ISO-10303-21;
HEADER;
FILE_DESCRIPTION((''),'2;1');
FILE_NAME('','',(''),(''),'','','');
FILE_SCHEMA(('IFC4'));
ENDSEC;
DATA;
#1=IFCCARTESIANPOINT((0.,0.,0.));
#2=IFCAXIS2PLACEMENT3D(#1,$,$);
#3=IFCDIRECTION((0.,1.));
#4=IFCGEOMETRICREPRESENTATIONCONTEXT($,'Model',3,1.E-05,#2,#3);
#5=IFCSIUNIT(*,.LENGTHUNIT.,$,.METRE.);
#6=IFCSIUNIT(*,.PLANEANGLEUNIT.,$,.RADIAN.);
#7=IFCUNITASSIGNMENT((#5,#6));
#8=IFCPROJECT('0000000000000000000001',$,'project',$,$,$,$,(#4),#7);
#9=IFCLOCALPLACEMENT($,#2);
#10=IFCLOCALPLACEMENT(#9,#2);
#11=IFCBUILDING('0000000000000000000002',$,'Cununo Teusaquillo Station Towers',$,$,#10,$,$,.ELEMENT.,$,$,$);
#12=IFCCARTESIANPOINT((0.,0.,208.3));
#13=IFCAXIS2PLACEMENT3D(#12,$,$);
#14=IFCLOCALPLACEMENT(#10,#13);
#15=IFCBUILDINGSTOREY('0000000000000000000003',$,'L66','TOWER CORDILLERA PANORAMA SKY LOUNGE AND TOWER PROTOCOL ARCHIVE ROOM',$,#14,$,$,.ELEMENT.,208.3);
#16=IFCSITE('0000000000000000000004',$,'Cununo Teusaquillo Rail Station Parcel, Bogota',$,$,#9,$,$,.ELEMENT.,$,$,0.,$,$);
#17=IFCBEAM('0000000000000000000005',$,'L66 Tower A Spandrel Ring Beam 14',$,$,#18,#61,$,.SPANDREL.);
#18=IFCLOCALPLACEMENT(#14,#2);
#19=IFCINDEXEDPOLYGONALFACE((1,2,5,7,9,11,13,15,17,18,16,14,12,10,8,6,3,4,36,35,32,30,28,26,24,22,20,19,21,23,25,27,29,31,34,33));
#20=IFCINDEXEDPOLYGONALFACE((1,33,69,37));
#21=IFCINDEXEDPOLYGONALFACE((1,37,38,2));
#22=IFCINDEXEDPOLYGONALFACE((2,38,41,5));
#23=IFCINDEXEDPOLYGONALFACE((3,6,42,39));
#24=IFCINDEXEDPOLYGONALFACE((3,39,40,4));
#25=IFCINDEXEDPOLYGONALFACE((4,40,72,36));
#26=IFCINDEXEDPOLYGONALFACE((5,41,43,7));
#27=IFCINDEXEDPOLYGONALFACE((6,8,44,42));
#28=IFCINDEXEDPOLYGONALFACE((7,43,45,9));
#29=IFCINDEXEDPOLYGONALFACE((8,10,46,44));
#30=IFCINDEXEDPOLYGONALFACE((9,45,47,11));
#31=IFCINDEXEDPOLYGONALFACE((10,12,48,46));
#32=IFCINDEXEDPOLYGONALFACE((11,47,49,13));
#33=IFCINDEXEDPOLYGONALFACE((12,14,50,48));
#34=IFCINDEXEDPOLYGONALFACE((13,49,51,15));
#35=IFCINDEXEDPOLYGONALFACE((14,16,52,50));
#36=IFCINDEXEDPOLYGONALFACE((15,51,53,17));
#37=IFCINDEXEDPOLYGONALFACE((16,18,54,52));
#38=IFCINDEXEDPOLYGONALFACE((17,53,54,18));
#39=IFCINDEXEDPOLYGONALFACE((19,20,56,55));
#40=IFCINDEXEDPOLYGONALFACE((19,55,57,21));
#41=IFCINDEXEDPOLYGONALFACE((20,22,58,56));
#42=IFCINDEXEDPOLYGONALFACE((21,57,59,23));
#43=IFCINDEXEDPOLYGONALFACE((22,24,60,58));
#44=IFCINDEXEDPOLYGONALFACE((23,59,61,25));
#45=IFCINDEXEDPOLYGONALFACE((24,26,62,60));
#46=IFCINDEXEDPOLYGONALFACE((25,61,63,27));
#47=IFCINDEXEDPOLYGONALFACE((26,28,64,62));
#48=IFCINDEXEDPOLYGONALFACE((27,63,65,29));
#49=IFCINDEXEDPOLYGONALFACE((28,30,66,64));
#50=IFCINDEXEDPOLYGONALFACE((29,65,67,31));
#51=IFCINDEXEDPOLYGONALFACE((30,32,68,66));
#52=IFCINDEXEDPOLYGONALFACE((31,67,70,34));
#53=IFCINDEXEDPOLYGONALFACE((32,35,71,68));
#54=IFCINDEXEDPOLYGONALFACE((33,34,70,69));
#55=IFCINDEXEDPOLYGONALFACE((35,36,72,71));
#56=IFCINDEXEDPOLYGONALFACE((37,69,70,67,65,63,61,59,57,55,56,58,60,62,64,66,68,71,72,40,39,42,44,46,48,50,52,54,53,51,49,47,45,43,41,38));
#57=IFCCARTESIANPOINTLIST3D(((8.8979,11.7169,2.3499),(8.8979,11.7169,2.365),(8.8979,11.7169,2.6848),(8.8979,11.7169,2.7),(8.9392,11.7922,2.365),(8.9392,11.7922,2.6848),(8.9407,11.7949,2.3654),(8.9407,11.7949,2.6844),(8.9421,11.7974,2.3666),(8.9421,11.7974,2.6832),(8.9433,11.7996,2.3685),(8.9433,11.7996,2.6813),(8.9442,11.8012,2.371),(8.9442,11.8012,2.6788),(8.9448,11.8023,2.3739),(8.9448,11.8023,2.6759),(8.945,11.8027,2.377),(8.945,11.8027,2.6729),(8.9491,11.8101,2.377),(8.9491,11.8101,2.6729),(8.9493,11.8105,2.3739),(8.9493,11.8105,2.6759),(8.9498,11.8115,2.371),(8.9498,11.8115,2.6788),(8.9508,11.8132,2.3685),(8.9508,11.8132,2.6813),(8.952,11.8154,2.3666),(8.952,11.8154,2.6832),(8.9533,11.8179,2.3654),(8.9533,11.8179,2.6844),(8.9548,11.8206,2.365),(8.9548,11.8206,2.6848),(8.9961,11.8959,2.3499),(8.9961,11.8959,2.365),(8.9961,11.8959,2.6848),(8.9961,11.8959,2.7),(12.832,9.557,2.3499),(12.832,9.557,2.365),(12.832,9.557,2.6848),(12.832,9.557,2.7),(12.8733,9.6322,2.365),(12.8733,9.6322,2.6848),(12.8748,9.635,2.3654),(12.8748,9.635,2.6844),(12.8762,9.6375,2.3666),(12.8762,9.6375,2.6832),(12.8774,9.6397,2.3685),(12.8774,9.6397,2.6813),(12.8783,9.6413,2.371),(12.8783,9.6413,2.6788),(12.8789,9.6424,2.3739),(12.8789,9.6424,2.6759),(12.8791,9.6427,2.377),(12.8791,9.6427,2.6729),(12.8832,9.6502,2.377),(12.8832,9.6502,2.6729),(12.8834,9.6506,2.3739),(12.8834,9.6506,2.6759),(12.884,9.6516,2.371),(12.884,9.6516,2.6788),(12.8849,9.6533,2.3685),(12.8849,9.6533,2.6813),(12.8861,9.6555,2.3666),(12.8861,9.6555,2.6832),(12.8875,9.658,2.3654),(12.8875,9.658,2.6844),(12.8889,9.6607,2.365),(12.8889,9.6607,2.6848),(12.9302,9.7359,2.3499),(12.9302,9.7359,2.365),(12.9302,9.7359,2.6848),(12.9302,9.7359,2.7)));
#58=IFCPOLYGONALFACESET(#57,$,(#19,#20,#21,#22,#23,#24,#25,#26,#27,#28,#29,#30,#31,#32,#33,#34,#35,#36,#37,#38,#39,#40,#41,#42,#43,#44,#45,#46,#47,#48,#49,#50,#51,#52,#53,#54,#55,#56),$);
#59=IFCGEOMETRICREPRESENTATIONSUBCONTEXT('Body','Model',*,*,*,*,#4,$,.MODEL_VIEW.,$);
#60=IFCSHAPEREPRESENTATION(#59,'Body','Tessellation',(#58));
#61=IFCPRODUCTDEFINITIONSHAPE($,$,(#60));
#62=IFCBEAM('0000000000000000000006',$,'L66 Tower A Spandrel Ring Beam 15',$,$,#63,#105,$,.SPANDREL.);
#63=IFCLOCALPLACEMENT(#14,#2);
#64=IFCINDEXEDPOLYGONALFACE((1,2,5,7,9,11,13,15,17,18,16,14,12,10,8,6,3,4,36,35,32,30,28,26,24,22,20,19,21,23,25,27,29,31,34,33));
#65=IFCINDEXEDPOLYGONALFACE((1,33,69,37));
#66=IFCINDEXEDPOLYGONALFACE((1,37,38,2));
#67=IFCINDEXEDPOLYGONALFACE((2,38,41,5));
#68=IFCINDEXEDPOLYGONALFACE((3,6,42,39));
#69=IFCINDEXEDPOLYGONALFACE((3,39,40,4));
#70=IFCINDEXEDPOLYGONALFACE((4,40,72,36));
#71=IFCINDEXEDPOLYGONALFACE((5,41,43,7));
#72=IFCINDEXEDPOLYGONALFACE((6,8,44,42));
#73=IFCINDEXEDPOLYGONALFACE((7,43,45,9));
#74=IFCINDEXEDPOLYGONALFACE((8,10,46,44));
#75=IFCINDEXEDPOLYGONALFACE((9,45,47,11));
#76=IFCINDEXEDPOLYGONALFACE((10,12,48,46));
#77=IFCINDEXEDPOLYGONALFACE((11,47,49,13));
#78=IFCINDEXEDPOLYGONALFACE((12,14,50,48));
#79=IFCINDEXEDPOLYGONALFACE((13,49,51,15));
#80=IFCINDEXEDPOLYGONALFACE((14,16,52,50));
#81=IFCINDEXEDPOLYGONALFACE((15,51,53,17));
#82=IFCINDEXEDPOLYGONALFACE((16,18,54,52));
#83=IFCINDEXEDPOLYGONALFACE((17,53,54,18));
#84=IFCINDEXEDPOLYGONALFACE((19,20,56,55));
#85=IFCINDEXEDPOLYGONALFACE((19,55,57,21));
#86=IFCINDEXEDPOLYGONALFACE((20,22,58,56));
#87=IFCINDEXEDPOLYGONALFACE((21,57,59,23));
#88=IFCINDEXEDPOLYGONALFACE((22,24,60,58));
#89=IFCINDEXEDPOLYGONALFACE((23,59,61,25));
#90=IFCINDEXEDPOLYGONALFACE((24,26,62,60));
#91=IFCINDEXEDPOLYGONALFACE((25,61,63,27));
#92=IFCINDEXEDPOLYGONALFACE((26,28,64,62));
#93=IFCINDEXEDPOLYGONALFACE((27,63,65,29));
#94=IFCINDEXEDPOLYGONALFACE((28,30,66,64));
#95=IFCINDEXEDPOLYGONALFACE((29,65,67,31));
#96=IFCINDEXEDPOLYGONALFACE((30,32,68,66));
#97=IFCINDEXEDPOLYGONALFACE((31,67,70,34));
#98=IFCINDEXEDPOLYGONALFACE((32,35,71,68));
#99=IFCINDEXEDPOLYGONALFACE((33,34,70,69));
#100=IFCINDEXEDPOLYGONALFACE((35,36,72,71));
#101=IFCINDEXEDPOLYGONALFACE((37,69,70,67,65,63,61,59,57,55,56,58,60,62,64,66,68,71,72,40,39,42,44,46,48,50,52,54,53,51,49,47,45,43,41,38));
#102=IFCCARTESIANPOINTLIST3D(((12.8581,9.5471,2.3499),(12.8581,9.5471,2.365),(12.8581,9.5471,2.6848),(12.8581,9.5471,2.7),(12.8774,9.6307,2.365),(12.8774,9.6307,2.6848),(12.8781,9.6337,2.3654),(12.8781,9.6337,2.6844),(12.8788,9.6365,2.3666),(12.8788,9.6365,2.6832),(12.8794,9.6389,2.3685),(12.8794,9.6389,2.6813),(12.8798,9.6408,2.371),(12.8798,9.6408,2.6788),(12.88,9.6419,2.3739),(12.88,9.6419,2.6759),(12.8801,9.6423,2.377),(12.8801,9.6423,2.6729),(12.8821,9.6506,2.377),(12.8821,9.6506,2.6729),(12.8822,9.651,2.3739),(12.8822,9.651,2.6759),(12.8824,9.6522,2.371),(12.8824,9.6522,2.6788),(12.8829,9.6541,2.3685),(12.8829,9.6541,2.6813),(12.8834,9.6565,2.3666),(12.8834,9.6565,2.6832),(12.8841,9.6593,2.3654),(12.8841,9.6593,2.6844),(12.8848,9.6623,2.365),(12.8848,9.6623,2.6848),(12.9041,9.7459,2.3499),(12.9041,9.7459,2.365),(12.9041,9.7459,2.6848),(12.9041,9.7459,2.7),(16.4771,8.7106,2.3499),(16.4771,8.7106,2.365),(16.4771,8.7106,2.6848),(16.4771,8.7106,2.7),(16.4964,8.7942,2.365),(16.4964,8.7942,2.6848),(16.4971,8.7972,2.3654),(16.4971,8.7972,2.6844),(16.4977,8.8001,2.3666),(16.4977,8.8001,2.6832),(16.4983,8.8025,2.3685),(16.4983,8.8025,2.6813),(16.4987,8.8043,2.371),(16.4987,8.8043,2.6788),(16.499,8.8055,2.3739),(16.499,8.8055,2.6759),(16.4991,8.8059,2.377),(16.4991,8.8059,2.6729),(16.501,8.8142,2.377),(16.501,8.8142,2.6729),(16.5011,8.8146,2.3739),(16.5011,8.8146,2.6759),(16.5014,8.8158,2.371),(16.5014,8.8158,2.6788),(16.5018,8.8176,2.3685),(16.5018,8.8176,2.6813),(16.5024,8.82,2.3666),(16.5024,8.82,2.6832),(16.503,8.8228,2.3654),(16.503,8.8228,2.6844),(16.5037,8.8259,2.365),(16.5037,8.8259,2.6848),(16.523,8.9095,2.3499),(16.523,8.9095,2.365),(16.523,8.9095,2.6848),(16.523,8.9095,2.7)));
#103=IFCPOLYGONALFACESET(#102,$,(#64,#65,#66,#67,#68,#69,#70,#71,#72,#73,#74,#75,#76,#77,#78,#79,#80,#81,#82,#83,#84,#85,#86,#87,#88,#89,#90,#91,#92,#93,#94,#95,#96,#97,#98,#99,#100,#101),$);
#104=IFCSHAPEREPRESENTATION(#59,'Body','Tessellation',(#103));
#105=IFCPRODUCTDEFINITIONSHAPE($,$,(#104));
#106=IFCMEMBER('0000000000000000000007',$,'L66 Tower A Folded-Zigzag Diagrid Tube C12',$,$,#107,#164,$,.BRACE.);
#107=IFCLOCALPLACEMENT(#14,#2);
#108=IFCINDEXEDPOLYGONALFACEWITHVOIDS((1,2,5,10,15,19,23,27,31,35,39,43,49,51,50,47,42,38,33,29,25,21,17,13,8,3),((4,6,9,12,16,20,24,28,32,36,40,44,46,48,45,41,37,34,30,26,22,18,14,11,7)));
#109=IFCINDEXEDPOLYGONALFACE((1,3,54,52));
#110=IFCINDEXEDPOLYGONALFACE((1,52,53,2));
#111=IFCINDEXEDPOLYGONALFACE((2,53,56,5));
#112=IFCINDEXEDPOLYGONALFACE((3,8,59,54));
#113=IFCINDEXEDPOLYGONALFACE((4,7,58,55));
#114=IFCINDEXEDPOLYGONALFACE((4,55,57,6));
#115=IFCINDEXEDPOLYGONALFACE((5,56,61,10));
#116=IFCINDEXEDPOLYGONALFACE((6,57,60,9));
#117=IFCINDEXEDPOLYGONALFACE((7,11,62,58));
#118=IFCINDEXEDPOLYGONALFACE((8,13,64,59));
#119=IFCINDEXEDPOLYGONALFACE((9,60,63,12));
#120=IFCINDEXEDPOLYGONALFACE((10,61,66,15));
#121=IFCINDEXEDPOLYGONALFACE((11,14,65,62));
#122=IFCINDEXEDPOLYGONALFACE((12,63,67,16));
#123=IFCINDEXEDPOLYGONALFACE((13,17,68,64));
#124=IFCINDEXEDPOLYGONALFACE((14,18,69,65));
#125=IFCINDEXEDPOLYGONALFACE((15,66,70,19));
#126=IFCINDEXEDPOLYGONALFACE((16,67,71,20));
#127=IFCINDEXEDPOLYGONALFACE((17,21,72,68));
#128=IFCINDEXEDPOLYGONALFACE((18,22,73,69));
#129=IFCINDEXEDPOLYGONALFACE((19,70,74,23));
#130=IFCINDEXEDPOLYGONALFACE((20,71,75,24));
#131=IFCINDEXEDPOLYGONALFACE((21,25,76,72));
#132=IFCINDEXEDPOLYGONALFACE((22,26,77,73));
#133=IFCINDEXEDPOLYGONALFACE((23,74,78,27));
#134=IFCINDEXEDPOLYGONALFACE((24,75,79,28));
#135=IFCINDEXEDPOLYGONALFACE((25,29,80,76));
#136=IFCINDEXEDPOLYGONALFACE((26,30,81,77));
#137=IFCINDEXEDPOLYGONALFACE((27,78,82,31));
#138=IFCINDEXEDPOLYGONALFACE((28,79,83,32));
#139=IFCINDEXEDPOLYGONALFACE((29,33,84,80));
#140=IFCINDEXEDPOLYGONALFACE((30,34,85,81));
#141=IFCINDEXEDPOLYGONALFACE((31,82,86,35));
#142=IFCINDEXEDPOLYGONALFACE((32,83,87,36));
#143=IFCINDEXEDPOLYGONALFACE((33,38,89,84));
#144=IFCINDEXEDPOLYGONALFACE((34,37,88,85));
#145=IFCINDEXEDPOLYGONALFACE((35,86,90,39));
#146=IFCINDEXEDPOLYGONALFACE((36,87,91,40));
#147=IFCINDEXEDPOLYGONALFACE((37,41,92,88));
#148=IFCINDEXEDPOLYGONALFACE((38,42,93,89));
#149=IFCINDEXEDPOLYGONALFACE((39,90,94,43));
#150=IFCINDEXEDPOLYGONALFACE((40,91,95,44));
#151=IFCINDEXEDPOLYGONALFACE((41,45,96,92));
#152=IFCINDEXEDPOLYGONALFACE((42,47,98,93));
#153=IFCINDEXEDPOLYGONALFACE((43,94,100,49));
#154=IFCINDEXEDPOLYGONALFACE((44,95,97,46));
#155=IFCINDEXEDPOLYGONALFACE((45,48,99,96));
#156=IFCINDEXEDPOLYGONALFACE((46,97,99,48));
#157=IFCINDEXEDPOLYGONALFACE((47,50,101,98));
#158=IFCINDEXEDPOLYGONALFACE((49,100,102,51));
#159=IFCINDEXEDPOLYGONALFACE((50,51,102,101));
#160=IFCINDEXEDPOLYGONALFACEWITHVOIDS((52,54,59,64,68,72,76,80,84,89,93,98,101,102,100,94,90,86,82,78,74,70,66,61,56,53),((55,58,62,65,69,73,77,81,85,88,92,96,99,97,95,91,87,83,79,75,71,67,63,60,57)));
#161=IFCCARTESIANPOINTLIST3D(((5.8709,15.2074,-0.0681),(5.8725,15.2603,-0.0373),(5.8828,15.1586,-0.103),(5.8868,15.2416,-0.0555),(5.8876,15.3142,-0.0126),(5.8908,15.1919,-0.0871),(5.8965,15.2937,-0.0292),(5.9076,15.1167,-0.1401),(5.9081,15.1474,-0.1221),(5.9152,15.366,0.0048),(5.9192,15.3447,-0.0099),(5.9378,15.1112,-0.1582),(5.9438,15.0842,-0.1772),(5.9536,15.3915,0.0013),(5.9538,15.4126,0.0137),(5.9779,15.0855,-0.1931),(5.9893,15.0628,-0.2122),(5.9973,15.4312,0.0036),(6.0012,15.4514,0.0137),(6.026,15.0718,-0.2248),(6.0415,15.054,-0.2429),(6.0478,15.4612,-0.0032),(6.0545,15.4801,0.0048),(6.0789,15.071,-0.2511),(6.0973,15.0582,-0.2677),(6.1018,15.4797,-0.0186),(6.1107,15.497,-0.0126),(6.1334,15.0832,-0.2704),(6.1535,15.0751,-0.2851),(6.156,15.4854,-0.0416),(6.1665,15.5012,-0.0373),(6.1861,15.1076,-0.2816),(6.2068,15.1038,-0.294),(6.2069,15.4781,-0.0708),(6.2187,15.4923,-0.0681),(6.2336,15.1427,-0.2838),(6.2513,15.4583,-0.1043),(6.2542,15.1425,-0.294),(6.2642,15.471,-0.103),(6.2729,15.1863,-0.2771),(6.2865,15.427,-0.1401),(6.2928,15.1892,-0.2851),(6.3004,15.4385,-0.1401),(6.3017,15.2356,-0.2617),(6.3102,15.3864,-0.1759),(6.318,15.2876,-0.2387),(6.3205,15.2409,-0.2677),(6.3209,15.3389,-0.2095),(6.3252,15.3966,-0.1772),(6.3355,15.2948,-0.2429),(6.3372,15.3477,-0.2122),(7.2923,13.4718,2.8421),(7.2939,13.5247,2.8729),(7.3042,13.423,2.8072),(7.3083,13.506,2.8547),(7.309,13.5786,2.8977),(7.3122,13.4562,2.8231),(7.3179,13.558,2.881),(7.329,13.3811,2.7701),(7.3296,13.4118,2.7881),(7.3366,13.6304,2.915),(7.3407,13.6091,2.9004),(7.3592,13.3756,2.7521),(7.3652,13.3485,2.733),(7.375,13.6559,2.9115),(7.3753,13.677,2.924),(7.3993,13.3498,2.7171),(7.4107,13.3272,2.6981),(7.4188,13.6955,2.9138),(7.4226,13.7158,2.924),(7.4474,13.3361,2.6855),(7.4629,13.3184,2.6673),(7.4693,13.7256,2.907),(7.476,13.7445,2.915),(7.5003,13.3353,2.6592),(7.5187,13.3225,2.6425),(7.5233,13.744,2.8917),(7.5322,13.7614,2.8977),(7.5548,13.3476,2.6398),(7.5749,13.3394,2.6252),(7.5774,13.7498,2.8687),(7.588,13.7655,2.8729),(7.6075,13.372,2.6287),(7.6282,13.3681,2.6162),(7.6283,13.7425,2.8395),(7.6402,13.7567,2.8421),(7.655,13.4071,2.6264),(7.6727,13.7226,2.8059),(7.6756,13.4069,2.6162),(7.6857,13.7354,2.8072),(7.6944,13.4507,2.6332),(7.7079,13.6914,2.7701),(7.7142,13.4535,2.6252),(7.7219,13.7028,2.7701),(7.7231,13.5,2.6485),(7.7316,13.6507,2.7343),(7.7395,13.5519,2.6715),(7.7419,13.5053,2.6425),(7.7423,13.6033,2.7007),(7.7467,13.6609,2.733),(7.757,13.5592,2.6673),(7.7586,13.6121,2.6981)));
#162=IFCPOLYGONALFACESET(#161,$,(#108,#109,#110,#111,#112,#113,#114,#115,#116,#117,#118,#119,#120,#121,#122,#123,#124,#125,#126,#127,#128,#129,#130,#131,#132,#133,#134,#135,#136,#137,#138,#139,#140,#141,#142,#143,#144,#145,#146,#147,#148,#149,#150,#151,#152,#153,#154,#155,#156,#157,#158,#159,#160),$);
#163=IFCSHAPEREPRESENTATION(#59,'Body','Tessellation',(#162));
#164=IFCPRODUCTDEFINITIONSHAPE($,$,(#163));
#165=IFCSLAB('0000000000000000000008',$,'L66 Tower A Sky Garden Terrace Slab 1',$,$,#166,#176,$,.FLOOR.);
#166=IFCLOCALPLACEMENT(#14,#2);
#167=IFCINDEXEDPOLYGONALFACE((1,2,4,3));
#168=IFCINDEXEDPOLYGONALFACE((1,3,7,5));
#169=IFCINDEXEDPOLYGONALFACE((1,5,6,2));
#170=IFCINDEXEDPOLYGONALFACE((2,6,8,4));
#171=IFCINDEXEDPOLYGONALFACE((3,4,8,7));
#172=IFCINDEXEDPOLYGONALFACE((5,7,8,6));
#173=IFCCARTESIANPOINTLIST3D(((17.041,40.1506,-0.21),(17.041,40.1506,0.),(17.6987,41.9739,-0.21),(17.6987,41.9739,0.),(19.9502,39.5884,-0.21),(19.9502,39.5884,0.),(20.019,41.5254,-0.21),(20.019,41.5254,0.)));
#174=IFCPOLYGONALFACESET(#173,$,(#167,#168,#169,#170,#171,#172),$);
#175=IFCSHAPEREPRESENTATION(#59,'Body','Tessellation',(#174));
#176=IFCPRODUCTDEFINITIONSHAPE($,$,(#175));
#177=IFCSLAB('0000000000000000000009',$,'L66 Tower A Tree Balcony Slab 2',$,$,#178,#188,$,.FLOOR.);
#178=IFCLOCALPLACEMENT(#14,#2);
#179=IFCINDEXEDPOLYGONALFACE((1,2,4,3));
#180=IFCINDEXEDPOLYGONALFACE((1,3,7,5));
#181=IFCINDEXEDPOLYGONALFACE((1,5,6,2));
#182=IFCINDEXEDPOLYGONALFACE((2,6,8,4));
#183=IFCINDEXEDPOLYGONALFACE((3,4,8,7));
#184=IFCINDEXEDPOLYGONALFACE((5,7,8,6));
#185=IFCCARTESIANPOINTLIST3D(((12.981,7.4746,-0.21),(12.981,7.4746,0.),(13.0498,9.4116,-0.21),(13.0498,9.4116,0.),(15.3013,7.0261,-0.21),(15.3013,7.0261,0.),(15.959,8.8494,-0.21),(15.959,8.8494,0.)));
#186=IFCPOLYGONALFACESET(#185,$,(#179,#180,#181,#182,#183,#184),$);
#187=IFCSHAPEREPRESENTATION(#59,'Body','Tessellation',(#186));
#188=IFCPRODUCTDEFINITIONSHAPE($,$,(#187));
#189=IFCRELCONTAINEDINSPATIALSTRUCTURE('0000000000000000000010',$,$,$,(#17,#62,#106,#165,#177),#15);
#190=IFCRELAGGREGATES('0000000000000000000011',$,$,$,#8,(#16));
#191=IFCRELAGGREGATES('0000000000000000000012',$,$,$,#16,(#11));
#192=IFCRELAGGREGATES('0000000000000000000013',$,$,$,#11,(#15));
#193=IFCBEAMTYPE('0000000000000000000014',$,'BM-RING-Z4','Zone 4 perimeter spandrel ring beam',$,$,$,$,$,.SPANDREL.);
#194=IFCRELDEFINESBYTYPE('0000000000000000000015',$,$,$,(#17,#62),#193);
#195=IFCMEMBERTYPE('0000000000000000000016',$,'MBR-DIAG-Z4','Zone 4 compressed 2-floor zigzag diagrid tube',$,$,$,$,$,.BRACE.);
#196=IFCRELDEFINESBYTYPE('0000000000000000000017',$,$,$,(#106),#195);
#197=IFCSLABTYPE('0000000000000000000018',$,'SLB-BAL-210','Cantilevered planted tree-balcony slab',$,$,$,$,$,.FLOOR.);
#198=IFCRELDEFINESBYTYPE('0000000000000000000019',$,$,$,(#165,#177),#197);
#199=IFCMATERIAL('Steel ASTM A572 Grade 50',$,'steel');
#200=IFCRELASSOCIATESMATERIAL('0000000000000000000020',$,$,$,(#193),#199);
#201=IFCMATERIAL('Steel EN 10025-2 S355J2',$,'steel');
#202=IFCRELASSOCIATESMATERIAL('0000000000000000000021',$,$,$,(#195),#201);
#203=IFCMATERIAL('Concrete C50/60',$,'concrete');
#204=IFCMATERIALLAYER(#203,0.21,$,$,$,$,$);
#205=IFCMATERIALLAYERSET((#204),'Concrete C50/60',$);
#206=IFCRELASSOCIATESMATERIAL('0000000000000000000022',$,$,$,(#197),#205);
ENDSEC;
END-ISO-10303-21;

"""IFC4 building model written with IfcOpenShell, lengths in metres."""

from ifc_helpers import new_model, si_unit, direction, frame, origin, origin_2d, place, context, subcontext, project, spatial, polyline, hollow_circle, i_section, outline, extrude, material, layer, layer_set, material_profile, profile_set, type_object, element, save


model = new_model("IFC4")

# Units and contexts
model_context = context("Model", 3, precision=1e-05, world=origin(), true_north=direction((0.0, 1.0)))
body_context = subcontext(model_context, "Body", "Model", "MODEL_VIEW")
ifc_project = project(units=[si_unit("LENGTHUNIT", "METRE"), si_unit("PLANEANGLEUNIT", "RADIAN")], contexts=[model_context])

# Site, building, storey
site_placement = place(None, origin())
site = spatial("IfcSite", under=ifc_project, at=site_placement, Name="Cununo Teusaquillo Rail Station Parcel, Bogota", CompositionType="ELEMENT", RefElevation=0.0)
building_placement = place(site_placement, origin())
building = spatial("IfcBuilding", under=site, at=building_placement, Name="Cununo Teusaquillo Station Towers", CompositionType="ELEMENT")
storey_placement = place(building_placement, frame((0.0, 0.0, 208.3)))
storey = spatial("IfcBuildingStorey", under=building, at=storey_placement, Name="L66", Description="TOWER CORDILLERA PANORAMA SKY LOUNGE AND TOWER PROTOCOL ARCHIVE ROOM", CompositionType="ELEMENT", Elevation=208.3)

# Beams
ifc_material_1 = material(Name="Steel ASTM A572 Grade 50", Category="steel")
ifc_material_profile_1 = material_profile(ifc_material_1, i_section(OverallWidth=0.2041, OverallDepth=0.3501, WebThickness=0.0085, FlangeThickness=0.0151, FilletRadius=0.012, at=origin_2d()), Name="W14X48")
ifc_profile_set_1 = profile_set([ifc_material_profile_1], Name="Steel ASTM A572 Grade 50")
beam_type = type_object("IfcBeamType", Name="BM-RING-Z4", Description="Zone 4 perimeter spandrel ring beam", PredefinedType="SPANDREL", material=ifc_profile_set_1)
beam_1_placement = place(storey_placement, frame((8.947, 11.8064, 2.5249), z_axis=(0.876576, -0.481263, 0.0), x_axis=(0.481263, 0.876576, 0.0)))
element("IfcBeam", 1, at=beam_1_placement, inside=storey, type_object=beam_type, Name="L66 Tower A Spandrel Ring Beam 14", PredefinedType="SPANDREL", context=body_context, shape_type="SweptSolid", body=[
    extrude(i_section(OverallWidth=0.2041, OverallDepth=0.3501, WebThickness=0.0085, FlangeThickness=0.0151, FilletRadius=0.012, at=origin_2d()), origin(), (0.0, 0.0, 1.0), 4.488),
])
beam_2_placement = place(storey_placement, frame((12.8811, 9.6465, 2.5249), z_axis=(0.974315, -0.225191, 0.0), x_axis=(0.225191, 0.974315, 0.0)))
element("IfcBeam", 2, at=beam_2_placement, inside=storey, type_object=beam_type, Name="L66 Tower A Spandrel Ring Beam 15", PredefinedType="SPANDREL", context=body_context, shape_type="SweptSolid", body=[
    extrude(i_section(OverallWidth=0.2041, OverallDepth=0.3501, WebThickness=0.0085, FlangeThickness=0.0151, FilletRadius=0.012, at=origin_2d()), origin(), (0.0, 0.0, 1.0), 3.7144),
])

# Member
ifc_material_2 = material(Name="Steel EN 10025-2 S355J2", Category="steel")
ifc_material_profile_2 = material_profile(ifc_material_2, hollow_circle(Radius=0.2539, WallThickness=0.0181, at=origin_2d()), Name="CHS 508x18")
ifc_profile_set_2 = profile_set([ifc_material_profile_2], Name="Steel EN 10025-2 S355J2")
member_type = type_object("IfcMemberType", Name="MBR-DIAG-Z4", Description="Zone 4 compressed 2-floor zigzag diagrid tube", PredefinedType="BRACE", material=ifc_profile_set_2)
member_placement = place(storey_placement, frame((6.104, 15.2776, -0.1401), z_axis=(0.386829, -0.472341, 0.791996), x_axis=(0.773661, 0.633599, 0.0)))
element("IfcMember", 3, at=member_placement, inside=storey, type_object=member_type, Name="L66 Tower A Folded-Zigzag Diagrid Tube C12", PredefinedType="BRACE", context=body_context, shape_type="SweptSolid", body=[
    extrude(hollow_circle(Radius=0.2539, WallThickness=0.0181, at=origin_2d()), origin(), (0.0, 0.0, 1.0), 3.6746),
])

# Slabs
ifc_material_3 = material(Name="Concrete C50/60", Category="concrete")
ifc_layer_1 = layer(ifc_material_3, 0.21)
ifc_layer_set_1 = layer_set([ifc_layer_1], Name="Concrete C50/60")
slab_type_1 = type_object("IfcSlabType", Name="SLB-BAL-210", Description="Cantilevered planted tree-balcony slab", PredefinedType="FLOOR", material=ifc_layer_set_1)
slab_1_placement = place(storey_placement, frame((0.0, 0.0, -0.21)))
element("IfcSlab", 4, at=slab_1_placement, inside=storey, type_object=slab_type_1, Name="L66 Tower A Sky Garden Terrace Slab 1", PredefinedType="FLOOR", context=body_context, shape_type="SweptSolid", body=[
    extrude(outline(polyline([(19.9502, 39.5884), (17.041, 40.1506), (17.6987, 41.9739), (20.019, 41.5254), (19.9502, 39.5884)])), origin(), (0.0, 0.0, 1.0), 0.21),
])
slab_2_placement = place(storey_placement, frame((0.0, 0.0, -0.21)))
element("IfcSlab", 5, at=slab_2_placement, inside=storey, type_object=slab_type_1, Name="L66 Tower A Tree Balcony Slab 2", PredefinedType="FLOOR", context=body_context, shape_type="SweptSolid", body=[
    extrude(outline(polyline([(13.0498, 9.4116), (15.959, 8.8494), (15.3013, 7.0261), (12.981, 7.4746), (13.0498, 9.4116)])), origin(), (0.0, 0.0, 1.0), 0.21),
])

save(model, "model.ifc")
